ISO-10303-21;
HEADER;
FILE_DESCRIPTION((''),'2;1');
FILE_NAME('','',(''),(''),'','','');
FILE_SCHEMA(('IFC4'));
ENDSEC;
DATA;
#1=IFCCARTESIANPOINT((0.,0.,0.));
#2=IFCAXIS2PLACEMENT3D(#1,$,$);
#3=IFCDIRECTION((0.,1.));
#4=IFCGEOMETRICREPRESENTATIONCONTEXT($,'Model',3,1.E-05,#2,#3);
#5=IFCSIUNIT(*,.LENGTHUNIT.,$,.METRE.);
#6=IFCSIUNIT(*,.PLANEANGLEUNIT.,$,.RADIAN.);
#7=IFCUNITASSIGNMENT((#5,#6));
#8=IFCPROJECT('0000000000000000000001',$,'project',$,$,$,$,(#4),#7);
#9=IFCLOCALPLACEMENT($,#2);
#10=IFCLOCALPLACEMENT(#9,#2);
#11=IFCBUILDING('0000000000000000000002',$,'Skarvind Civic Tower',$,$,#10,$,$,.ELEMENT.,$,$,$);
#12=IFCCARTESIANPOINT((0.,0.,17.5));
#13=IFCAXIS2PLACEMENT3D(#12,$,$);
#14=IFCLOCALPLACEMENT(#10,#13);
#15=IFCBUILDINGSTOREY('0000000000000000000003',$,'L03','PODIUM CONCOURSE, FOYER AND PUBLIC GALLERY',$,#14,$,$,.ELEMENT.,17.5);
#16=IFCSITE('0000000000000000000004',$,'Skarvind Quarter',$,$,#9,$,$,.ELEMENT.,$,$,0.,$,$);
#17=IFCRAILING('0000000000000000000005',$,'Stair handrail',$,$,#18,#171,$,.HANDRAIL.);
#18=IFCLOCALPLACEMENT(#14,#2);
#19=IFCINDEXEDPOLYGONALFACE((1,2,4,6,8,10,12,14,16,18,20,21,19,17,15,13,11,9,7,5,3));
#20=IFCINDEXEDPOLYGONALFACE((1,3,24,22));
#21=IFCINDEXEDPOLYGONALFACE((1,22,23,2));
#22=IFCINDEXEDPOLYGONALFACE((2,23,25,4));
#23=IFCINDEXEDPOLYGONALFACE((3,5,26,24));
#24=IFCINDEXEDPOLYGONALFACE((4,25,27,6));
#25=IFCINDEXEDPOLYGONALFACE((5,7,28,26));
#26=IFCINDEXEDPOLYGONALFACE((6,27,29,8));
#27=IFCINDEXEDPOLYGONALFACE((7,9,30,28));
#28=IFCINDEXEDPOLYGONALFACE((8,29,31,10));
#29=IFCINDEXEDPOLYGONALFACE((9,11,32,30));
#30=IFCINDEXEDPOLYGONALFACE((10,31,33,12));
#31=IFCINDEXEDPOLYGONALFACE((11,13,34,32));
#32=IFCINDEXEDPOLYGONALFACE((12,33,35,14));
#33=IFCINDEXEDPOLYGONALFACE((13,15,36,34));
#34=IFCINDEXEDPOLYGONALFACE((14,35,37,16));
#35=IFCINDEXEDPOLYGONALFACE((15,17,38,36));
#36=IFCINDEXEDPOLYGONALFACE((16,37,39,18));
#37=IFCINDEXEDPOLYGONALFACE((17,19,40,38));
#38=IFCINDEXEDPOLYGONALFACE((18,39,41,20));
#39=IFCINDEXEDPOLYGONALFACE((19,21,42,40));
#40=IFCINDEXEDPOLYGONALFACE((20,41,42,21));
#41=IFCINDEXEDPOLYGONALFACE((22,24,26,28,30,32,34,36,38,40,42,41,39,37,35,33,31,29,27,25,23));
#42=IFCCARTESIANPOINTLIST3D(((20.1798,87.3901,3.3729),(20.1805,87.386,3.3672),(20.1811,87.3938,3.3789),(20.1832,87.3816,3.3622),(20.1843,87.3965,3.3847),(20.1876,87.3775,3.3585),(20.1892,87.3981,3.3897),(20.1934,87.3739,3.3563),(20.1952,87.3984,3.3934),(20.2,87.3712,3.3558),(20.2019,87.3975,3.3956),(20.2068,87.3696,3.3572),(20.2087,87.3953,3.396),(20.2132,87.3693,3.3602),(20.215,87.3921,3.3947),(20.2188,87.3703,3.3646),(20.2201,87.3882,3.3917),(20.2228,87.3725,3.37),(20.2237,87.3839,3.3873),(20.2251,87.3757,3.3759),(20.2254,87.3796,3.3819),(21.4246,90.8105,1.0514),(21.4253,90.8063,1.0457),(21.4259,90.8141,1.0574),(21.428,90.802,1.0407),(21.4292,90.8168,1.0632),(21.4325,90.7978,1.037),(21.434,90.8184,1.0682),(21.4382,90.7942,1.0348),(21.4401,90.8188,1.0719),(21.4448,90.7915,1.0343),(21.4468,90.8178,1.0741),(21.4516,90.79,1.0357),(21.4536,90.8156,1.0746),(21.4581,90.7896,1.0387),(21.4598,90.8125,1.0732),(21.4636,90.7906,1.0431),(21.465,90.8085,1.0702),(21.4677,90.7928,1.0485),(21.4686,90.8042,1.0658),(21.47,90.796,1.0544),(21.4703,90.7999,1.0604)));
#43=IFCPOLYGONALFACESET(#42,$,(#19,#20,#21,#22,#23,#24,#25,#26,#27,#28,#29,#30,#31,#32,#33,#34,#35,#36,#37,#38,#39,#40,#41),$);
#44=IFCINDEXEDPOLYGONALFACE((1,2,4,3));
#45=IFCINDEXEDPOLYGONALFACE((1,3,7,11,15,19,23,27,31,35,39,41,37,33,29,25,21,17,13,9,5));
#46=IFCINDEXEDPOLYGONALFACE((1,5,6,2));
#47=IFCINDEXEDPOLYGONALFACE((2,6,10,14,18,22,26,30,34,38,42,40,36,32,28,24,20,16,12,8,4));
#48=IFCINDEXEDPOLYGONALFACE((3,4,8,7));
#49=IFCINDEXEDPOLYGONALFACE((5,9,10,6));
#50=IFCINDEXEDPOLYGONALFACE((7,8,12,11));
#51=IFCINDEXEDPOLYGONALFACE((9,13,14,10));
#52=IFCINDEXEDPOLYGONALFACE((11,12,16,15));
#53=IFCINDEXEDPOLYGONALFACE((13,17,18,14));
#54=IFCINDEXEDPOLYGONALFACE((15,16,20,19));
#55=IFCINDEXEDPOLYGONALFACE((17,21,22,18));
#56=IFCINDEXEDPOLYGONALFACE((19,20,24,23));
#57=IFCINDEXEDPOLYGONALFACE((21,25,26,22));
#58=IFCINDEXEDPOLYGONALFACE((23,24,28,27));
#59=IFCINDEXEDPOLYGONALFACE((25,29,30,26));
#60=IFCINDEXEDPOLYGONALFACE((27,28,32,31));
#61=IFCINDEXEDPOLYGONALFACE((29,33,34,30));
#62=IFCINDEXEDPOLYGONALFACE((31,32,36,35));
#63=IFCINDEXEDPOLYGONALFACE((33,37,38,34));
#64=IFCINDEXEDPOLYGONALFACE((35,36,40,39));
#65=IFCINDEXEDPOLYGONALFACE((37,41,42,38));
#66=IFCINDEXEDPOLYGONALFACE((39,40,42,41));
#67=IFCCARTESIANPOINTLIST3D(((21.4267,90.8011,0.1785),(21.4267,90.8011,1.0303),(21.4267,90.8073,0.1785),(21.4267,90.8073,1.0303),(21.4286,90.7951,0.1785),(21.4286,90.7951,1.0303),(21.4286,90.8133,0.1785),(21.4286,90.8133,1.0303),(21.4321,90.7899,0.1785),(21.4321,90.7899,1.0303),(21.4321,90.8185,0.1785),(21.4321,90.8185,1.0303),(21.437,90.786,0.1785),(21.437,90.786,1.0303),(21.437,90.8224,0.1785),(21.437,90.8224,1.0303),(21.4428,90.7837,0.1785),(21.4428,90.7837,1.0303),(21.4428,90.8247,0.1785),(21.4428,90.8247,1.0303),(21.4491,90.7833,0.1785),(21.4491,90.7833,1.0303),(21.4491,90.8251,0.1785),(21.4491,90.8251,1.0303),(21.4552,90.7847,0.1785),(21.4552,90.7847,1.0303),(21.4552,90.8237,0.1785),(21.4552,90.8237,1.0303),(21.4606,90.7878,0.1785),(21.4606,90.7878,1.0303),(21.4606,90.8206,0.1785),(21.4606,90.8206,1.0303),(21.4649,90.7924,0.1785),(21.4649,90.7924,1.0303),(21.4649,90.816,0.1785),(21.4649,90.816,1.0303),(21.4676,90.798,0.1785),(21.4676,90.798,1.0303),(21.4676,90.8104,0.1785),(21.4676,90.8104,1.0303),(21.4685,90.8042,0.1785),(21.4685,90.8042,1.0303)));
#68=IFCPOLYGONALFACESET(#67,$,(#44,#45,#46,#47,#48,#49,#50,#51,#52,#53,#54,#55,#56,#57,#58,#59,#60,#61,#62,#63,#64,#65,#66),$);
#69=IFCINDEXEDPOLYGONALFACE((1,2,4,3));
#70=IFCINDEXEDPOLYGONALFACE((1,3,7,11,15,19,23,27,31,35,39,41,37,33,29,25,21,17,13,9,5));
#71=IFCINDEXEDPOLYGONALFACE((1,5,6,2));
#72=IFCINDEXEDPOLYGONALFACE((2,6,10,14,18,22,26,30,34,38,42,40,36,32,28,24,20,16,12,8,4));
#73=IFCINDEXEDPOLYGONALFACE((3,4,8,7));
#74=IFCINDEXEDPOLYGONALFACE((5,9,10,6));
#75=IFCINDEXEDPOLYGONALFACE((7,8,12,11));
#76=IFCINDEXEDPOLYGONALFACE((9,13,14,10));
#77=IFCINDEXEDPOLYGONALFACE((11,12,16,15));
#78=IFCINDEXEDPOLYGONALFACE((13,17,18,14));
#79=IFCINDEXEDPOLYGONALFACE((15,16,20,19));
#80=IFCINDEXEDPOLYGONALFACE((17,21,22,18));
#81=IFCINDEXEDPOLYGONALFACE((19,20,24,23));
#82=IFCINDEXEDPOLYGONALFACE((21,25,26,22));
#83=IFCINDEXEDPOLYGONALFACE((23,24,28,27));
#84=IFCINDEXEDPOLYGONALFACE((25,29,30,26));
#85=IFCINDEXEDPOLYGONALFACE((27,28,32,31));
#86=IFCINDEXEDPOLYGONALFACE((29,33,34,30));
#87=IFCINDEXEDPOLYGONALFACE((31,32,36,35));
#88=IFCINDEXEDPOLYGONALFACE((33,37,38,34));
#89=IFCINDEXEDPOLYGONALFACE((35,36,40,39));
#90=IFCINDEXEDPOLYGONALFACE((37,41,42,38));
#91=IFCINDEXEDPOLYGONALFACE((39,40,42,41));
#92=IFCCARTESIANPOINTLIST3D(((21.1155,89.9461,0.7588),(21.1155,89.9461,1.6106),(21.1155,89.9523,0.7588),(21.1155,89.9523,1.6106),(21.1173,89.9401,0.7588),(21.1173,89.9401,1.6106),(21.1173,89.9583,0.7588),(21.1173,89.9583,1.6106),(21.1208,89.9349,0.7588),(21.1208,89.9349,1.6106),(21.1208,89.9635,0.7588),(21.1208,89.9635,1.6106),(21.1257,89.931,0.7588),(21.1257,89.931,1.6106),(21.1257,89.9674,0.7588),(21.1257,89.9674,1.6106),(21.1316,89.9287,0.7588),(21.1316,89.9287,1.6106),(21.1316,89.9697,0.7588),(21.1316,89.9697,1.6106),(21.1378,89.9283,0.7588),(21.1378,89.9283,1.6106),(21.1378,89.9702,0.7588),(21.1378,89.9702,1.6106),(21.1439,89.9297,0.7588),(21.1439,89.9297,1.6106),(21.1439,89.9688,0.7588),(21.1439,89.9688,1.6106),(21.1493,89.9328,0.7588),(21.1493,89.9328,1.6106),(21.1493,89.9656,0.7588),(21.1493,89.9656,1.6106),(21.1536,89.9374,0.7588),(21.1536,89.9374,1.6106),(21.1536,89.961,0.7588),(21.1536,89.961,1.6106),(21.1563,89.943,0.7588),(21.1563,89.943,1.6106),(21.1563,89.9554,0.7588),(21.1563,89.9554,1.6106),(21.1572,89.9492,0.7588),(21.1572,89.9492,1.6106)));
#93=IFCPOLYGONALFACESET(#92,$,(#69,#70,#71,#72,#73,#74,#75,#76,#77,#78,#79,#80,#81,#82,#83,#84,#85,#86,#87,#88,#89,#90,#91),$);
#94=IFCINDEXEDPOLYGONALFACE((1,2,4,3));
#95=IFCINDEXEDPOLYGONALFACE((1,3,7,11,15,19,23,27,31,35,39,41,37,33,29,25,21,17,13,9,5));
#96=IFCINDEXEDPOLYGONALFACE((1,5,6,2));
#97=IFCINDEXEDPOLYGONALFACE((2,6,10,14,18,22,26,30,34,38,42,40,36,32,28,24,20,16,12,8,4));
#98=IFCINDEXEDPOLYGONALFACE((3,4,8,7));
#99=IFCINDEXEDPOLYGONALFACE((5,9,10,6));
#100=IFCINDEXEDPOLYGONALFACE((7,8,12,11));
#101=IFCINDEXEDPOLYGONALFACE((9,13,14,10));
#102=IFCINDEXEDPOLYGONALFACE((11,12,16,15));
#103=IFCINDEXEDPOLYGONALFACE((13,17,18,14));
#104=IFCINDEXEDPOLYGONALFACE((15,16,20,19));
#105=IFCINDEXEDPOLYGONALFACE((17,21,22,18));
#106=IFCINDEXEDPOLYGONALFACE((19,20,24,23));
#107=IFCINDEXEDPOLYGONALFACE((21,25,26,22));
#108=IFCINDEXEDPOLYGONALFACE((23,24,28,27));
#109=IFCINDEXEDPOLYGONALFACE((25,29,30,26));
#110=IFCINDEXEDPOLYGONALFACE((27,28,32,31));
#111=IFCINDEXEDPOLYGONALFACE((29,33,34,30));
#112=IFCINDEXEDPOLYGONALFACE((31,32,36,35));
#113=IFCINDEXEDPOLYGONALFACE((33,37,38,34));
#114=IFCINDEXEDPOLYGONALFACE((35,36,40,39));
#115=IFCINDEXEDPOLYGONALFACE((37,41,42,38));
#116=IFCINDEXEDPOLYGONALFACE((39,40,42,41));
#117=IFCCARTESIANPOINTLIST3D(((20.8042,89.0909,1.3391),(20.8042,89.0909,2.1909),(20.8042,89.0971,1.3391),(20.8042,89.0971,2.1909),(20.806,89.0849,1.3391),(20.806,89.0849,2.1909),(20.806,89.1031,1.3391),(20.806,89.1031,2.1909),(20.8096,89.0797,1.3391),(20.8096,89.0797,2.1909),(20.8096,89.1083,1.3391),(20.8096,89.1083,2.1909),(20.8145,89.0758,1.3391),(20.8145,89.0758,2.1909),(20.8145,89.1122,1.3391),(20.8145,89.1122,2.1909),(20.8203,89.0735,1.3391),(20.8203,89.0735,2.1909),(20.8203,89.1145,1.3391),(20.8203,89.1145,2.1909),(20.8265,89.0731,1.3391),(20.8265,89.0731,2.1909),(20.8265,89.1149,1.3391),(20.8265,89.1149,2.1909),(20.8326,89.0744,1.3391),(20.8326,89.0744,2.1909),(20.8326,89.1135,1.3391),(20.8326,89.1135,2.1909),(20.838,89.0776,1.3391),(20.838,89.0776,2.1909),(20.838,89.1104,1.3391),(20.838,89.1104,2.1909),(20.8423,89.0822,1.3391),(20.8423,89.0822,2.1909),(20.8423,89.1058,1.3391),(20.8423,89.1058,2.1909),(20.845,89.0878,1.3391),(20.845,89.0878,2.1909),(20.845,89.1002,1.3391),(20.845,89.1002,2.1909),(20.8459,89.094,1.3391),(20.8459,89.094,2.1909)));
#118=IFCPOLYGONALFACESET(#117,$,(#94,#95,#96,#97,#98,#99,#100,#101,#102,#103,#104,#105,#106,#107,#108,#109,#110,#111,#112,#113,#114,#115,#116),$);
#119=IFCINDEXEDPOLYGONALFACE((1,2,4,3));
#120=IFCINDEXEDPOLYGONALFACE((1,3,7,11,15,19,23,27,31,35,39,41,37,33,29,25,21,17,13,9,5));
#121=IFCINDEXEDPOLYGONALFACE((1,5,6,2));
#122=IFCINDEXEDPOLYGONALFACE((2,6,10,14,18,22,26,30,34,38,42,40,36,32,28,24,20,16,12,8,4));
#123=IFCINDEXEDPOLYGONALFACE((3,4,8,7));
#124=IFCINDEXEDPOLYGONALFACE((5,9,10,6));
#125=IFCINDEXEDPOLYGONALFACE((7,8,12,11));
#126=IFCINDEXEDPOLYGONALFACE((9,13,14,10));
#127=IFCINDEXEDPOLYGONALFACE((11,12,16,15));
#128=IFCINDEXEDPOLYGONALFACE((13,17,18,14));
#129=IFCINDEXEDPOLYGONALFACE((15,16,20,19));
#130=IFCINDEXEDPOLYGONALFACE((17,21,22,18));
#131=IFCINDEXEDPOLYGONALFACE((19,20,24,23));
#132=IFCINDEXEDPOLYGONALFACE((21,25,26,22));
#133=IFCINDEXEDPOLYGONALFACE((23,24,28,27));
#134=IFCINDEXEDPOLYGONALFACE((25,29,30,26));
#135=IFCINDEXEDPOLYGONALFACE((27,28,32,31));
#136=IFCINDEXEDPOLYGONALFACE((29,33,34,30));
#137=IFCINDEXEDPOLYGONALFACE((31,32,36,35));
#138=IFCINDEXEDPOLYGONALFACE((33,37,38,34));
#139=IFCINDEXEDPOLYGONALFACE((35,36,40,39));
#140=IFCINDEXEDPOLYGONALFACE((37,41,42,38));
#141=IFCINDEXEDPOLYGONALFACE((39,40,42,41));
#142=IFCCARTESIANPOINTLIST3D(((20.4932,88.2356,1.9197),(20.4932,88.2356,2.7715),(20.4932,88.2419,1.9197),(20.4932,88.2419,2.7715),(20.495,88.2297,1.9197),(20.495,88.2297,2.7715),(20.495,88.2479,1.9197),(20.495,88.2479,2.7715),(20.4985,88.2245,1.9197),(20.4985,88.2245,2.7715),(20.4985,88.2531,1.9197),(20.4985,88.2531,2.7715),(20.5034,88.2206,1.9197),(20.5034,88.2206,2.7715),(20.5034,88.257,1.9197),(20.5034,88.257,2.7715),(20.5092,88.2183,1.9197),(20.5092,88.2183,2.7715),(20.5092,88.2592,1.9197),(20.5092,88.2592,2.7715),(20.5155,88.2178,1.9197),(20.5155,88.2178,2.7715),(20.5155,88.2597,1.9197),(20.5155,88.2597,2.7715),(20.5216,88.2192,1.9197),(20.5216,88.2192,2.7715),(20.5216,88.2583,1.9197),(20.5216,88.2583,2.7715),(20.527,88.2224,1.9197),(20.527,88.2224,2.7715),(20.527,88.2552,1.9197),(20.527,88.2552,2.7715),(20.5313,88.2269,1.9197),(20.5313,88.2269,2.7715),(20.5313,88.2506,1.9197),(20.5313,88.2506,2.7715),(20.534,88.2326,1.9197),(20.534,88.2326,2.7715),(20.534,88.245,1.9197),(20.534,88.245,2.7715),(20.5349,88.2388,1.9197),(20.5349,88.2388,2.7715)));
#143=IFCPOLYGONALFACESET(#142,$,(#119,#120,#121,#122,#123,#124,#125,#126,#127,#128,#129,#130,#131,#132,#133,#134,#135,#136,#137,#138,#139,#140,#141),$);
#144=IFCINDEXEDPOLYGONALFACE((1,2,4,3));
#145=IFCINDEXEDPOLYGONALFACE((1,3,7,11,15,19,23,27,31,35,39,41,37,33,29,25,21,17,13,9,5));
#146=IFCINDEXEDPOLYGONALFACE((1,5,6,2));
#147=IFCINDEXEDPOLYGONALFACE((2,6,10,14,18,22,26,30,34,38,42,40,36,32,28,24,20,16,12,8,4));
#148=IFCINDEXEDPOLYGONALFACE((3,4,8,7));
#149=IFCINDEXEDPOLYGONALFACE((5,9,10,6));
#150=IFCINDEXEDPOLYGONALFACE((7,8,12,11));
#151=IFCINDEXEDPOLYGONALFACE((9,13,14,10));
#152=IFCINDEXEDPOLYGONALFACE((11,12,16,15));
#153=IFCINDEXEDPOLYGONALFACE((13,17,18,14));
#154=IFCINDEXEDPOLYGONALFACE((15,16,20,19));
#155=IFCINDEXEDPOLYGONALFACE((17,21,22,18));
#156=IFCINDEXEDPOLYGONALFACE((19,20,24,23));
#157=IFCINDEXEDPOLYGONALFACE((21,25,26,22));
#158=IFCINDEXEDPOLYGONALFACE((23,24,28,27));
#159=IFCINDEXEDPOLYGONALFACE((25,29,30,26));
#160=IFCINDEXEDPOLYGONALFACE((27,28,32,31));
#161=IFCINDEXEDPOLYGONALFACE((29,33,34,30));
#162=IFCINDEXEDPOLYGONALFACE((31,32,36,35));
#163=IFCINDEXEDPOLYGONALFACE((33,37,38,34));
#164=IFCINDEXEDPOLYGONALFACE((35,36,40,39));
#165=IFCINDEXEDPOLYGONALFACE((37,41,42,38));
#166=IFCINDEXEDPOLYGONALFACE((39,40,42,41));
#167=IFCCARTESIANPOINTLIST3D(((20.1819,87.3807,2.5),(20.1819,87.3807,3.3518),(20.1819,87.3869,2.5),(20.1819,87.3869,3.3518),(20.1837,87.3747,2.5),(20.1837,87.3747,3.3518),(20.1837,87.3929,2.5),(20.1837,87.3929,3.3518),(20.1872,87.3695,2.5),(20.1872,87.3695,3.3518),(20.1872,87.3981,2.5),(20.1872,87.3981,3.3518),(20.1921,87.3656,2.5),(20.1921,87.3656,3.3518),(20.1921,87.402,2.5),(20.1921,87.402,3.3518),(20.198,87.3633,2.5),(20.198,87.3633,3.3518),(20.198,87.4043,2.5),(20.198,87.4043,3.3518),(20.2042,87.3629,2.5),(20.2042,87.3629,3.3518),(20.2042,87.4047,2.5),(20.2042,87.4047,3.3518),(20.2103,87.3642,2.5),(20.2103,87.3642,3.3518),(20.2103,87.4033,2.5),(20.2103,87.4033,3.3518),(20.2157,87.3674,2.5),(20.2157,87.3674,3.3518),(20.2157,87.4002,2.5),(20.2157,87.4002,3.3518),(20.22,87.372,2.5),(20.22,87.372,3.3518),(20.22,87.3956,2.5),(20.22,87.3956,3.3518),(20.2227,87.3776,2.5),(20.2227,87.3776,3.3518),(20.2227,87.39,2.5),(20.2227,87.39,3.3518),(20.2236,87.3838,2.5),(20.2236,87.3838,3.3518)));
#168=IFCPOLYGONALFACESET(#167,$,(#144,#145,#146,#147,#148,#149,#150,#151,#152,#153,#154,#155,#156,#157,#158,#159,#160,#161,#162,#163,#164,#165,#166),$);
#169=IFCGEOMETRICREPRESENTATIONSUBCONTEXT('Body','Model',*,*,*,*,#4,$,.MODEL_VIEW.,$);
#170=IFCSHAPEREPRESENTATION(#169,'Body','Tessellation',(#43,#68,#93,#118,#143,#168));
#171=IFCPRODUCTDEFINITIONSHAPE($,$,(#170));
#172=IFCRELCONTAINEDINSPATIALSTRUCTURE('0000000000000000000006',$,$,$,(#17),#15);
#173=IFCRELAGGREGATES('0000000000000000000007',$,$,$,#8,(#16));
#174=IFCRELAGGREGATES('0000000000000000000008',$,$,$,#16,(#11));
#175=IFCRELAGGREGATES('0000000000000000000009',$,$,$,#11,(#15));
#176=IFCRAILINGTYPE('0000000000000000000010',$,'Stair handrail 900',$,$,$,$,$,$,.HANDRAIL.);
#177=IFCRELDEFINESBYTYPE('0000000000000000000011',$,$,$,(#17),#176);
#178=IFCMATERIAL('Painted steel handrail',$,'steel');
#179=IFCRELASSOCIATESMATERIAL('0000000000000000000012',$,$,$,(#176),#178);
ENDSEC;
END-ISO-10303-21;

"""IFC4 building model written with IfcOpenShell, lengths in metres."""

from ifc_helpers import new_model, si_unit, direction, frame, origin, origin_2d, place, context, subcontext, project, spatial, circle, extrude, material, type_object, element, save


model = new_model("IFC4")

# Units and contexts
model_context = context("Model", 3, precision=1e-05, world=origin(), true_north=direction((0.0, 1.0)))
body_context = subcontext(model_context, "Body", "Model", "MODEL_VIEW")
ifc_project = project(units=[si_unit("LENGTHUNIT", "METRE"), si_unit("PLANEANGLEUNIT", "RADIAN")], contexts=[model_context])

# Site, building, storey
site_placement = place(None, origin())
site = spatial("IfcSite", under=ifc_project, at=site_placement, Name="Skarvind Quarter", CompositionType="ELEMENT", RefElevation=0.0)
building_placement = place(site_placement, origin())
building = spatial("IfcBuilding", under=site, at=building_placement, Name="Skarvind Civic Tower", CompositionType="ELEMENT")
storey_placement = place(building_placement, frame((0.0, 0.0, 17.5)))
storey = spatial("IfcBuildingStorey", under=building, at=storey_placement, Name="L03", Description="PODIUM CONCOURSE, FOYER AND PUBLIC GALLERY", CompositionType="ELEMENT", Elevation=17.5)

# Railing
ifc_material_1 = material(Name="Painted steel handrail", Category="steel")
railing_type = type_object("IfcRailingType", Name="Stair handrail 900", PredefinedType="HANDRAIL", material=ifc_material_1)
railing_placement = place(storey_placement, frame((21.4475, 90.8042, 0.1785)))
element("IfcRailing", 1, at=railing_placement, inside=storey, type_object=railing_type, Name="Stair handrail", PredefinedType="HANDRAIL", context=body_context, shape_type="SweptSolid", body=[
    extrude(circle(Radius=0.0239, at=origin_2d()), frame((0.0, 0.0, 0.876), z_axis=(-0.28835, -0.792271, 0.537737), x_axis=(0.939697, -0.342007, 0.0)), (0.0, 0.0, 1.0), 4.3171),
    extrude(circle(Radius=0.021, at=origin_2d()), origin(), (0.0, 0.0, 1.0), 0.8518),
    extrude(circle(Radius=0.021, at=origin_2d()), frame((-0.3113, -0.855, 0.5803)), (0.0, 0.0, 1.0), 0.8518),
    extrude(circle(Radius=0.021, at=origin_2d()), frame((-0.6226, -1.7102, 1.1606)), (0.0, 0.0, 1.0), 0.8518),
    extrude(circle(Radius=0.021, at=origin_2d()), frame((-0.9336, -2.5654, 1.7412)), (0.0, 0.0, 1.0), 0.8518),
    extrude(circle(Radius=0.021, at=origin_2d()), frame((-1.2449, -3.4204, 2.3215)), (0.0, 0.0, 1.0), 0.8518),
])

save(model, "model.ifc")
